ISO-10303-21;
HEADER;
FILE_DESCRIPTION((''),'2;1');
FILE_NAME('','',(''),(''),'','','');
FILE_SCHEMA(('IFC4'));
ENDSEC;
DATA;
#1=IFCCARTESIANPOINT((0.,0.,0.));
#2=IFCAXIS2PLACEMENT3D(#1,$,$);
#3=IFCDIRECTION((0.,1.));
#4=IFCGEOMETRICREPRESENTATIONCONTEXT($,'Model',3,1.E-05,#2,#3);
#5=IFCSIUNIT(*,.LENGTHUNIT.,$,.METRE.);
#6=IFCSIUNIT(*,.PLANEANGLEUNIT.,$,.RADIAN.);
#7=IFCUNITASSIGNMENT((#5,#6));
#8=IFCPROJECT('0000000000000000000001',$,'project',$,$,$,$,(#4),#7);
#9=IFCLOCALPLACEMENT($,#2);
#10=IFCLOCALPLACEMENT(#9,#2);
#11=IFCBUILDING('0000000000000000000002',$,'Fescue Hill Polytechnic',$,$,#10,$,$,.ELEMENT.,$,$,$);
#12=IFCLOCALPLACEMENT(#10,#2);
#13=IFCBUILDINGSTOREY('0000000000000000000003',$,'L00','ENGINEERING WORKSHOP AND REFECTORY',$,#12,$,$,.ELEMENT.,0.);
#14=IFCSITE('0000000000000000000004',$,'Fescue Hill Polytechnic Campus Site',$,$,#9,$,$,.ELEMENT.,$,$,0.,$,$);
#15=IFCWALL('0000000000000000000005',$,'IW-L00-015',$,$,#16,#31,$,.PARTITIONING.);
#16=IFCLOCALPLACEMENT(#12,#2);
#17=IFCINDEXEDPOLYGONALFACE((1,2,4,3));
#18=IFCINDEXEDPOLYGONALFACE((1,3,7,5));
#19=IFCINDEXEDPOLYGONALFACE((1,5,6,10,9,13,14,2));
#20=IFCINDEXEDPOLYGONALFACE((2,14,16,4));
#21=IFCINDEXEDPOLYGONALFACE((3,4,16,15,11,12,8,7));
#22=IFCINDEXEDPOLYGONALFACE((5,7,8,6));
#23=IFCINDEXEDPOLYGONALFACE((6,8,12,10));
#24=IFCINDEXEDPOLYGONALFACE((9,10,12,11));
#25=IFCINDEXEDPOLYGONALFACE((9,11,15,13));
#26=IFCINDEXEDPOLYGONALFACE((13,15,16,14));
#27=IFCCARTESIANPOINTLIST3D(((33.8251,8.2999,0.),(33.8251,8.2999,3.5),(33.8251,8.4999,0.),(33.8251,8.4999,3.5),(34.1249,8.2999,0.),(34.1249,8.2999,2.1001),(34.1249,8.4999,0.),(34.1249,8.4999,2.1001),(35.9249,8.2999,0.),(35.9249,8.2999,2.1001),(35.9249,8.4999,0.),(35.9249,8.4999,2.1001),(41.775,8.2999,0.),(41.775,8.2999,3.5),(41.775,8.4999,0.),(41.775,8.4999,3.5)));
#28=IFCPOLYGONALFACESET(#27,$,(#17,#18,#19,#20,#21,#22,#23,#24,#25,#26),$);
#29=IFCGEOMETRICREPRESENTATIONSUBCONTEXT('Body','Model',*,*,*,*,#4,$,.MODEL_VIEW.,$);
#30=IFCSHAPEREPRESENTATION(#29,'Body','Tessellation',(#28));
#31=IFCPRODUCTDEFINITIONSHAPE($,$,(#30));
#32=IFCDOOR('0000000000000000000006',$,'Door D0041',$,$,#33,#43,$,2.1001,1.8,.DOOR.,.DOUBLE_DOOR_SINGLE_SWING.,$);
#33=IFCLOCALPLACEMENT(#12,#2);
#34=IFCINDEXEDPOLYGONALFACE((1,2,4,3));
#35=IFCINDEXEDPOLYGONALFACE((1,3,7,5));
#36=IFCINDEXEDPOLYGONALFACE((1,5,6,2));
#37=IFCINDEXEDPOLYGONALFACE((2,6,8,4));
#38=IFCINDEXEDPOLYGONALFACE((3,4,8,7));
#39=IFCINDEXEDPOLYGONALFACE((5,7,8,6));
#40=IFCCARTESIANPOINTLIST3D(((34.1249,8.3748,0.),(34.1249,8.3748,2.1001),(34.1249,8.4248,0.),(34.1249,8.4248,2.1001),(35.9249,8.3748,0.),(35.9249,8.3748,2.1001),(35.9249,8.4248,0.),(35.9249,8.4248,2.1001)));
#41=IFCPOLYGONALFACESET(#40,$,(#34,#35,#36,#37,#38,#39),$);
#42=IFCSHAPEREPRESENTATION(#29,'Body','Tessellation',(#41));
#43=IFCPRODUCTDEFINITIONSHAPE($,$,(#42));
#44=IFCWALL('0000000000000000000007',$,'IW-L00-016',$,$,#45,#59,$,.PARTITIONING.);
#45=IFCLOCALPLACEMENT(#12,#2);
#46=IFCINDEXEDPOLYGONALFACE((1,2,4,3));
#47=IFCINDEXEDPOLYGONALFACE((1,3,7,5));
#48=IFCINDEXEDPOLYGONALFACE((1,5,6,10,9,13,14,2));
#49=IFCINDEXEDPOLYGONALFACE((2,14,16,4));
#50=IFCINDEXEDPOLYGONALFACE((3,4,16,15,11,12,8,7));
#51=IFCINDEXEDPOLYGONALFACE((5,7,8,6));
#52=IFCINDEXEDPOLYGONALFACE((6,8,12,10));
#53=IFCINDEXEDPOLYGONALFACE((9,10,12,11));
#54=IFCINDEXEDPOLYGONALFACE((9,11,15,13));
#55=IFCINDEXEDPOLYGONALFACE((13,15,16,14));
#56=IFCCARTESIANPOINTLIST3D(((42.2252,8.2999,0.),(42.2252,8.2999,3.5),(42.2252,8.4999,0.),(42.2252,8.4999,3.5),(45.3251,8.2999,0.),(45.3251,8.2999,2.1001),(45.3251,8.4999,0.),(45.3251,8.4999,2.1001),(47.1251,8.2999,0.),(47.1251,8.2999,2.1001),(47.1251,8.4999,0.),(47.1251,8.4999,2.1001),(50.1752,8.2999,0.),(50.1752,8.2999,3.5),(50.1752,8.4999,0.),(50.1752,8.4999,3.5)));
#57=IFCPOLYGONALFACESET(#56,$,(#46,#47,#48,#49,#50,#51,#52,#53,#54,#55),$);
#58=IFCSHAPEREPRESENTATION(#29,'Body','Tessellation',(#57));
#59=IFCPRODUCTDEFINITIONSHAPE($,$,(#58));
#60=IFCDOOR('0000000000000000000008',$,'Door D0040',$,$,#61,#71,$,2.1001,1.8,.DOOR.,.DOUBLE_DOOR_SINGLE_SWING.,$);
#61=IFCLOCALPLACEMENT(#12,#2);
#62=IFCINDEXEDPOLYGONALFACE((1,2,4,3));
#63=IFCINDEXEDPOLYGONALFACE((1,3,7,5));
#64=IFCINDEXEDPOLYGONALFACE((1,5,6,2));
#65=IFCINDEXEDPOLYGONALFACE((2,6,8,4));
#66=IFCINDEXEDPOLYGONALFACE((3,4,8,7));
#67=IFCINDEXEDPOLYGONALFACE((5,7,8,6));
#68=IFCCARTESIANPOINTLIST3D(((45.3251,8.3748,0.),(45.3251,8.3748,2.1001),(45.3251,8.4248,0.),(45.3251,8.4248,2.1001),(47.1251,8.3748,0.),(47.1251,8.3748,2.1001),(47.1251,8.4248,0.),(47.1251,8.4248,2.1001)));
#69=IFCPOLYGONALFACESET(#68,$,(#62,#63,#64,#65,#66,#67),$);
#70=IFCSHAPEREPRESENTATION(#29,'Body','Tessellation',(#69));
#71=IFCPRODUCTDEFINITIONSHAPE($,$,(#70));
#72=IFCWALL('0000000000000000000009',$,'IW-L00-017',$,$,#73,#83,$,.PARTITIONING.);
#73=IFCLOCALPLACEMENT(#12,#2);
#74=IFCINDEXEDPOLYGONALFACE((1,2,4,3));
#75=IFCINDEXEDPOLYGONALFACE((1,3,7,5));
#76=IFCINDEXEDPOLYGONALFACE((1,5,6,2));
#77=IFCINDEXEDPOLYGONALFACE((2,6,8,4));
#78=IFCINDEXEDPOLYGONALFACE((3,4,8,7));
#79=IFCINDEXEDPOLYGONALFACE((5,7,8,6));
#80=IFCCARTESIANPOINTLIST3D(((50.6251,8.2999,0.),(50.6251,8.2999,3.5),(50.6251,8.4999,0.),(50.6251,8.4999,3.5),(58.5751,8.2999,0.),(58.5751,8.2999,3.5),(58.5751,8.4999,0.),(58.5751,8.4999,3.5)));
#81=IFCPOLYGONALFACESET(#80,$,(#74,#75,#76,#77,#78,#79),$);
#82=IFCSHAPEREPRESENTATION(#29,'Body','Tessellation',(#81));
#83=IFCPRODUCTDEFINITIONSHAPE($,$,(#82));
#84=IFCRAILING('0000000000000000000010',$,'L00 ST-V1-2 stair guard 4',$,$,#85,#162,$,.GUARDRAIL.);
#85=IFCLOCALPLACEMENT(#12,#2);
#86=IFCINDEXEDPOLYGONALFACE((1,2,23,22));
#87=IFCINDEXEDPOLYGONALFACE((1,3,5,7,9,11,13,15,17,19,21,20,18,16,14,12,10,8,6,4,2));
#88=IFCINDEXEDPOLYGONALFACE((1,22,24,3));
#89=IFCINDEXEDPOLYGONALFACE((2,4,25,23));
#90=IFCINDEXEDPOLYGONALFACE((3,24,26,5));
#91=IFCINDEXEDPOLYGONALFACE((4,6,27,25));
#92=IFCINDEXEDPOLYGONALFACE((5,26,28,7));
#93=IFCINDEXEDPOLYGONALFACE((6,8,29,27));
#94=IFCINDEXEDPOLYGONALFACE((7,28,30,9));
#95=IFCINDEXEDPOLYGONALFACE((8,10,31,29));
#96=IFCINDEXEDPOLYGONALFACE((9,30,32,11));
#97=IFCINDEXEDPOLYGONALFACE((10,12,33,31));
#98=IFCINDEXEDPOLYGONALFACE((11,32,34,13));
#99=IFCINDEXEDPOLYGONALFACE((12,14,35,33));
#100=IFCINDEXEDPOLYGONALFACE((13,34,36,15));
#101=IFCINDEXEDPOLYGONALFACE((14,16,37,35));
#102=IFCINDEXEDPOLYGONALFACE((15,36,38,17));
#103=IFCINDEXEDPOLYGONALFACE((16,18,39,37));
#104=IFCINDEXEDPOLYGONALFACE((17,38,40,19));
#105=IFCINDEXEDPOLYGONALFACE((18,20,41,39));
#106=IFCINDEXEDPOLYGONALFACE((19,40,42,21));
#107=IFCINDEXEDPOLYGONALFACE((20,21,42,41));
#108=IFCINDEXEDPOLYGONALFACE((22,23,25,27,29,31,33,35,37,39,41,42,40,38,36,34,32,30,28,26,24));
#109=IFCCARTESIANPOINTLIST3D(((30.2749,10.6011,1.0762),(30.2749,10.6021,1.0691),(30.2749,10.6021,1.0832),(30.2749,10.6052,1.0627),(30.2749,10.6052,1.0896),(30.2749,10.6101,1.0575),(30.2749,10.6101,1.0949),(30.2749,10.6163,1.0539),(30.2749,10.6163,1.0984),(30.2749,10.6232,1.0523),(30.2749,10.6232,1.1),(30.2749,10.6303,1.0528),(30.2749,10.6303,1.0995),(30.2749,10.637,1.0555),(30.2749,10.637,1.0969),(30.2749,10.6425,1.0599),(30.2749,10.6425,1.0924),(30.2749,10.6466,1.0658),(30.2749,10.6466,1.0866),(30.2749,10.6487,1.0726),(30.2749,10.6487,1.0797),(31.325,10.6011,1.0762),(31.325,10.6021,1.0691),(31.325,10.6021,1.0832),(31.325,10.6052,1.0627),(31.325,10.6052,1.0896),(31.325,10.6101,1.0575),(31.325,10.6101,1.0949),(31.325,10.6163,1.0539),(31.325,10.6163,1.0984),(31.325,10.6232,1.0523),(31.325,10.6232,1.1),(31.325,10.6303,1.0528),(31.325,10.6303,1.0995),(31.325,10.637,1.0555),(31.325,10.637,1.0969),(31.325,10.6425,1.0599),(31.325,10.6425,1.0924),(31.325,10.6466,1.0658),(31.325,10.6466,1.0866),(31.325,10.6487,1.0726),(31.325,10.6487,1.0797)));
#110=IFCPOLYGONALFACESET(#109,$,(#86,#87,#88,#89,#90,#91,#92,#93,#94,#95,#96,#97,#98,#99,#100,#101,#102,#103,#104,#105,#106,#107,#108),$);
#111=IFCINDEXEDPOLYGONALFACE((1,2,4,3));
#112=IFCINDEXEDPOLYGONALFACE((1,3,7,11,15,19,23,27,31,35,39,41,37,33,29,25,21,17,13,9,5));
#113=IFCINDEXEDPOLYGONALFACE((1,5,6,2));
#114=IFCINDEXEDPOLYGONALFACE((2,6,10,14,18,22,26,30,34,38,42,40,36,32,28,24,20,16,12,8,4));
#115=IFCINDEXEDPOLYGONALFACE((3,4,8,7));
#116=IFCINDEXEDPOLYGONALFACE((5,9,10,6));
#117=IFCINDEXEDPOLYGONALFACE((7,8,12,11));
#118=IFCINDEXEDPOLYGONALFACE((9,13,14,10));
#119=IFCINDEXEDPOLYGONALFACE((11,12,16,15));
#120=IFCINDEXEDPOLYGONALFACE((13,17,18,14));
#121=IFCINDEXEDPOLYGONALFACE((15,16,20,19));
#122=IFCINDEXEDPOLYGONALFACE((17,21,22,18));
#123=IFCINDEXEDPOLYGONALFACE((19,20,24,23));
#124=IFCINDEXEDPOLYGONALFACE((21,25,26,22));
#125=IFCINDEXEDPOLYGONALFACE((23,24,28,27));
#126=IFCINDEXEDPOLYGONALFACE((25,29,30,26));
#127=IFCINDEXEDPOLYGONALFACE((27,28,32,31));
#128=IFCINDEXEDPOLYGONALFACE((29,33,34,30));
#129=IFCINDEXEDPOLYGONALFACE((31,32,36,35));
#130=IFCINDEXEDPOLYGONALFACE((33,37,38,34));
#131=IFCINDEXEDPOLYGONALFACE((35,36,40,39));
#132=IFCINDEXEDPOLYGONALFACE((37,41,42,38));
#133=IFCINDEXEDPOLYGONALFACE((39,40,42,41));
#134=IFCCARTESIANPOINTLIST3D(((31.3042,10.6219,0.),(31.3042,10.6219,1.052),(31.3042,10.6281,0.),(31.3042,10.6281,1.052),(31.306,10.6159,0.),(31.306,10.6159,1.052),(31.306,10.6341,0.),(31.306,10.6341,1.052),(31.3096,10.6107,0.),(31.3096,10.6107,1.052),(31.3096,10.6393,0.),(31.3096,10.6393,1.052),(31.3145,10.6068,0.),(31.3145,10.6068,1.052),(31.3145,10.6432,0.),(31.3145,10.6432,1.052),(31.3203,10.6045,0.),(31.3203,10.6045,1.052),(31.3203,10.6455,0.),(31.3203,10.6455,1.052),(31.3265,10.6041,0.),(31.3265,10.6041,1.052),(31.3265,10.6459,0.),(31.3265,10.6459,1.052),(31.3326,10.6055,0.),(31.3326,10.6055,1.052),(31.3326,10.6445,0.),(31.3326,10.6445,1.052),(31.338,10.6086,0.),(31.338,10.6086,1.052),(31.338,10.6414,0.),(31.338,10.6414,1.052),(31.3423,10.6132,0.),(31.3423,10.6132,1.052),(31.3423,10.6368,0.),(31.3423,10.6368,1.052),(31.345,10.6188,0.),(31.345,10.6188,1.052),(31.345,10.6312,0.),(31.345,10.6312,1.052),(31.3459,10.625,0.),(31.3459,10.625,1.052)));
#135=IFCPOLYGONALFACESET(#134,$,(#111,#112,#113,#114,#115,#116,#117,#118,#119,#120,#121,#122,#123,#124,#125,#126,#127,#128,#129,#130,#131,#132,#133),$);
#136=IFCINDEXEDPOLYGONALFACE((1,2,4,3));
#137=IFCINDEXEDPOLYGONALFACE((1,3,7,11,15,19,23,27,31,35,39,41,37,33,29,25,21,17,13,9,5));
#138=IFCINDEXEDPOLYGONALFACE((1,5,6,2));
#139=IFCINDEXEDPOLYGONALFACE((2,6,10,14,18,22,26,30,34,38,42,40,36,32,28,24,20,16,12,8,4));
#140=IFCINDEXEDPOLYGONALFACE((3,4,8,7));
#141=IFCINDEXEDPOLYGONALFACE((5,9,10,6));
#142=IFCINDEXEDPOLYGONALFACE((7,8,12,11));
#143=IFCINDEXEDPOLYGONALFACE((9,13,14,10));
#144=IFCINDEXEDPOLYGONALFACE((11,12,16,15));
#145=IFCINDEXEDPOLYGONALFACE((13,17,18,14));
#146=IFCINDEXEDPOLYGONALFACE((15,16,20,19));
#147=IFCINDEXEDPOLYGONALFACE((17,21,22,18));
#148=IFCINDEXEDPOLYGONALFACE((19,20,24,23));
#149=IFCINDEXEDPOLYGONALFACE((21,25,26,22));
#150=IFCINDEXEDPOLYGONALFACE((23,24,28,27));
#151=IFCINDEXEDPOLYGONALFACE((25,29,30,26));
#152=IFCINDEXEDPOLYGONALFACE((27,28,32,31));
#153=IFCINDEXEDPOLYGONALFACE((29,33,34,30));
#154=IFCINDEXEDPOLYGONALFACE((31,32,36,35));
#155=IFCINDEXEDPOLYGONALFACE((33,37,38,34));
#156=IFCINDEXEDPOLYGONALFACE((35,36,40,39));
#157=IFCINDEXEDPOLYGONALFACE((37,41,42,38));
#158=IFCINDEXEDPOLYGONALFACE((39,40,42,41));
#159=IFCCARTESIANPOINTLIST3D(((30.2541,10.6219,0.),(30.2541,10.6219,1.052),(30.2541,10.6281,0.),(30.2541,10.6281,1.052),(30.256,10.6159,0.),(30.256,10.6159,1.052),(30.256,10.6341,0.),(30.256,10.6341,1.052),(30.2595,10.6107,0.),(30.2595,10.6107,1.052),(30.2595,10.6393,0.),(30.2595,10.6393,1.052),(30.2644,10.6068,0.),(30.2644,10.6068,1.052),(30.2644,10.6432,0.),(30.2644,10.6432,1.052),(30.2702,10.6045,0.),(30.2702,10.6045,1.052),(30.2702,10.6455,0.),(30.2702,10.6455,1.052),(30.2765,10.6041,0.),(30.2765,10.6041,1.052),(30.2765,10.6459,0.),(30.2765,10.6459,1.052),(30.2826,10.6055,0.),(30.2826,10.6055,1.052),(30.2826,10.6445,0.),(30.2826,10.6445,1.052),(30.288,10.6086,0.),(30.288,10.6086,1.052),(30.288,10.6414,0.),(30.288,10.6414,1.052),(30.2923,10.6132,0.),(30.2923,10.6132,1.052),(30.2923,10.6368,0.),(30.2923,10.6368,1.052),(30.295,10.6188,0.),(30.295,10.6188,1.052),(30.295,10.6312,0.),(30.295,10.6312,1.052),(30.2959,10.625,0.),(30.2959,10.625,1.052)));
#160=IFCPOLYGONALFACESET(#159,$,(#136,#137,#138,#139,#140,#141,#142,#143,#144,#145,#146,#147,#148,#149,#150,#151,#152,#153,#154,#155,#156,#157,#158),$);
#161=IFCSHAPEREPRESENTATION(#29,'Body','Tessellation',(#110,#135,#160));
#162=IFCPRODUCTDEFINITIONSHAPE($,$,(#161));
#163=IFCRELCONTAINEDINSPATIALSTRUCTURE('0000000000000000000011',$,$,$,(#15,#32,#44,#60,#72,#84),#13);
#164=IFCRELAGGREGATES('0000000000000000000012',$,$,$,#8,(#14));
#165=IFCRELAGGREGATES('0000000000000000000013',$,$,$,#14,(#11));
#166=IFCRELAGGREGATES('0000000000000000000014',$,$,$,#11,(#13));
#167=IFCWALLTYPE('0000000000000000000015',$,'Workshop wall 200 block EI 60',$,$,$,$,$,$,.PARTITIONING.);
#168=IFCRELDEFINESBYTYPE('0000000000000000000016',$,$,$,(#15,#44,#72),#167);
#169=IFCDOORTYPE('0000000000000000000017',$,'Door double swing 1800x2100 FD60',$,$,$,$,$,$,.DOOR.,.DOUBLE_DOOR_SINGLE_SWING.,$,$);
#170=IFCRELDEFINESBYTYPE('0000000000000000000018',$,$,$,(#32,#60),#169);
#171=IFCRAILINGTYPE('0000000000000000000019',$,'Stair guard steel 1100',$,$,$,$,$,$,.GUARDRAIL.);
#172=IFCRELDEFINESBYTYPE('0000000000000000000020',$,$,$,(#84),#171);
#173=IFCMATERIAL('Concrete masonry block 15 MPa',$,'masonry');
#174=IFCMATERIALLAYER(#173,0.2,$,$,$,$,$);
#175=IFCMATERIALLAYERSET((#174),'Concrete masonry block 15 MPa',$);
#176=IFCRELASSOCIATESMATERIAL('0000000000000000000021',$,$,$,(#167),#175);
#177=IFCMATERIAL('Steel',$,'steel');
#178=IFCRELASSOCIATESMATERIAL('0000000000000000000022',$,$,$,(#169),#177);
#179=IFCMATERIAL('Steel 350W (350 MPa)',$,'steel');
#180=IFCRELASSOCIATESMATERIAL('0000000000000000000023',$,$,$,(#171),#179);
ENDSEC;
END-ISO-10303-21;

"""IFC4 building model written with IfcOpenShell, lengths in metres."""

from ifc_helpers import new_model, si_unit, direction, frame, frame_2d, origin, origin_2d, place, context, subcontext, project, spatial, rectangle, circle, extrude, material, layer, layer_set, type_object, element, fill, save


model = new_model("IFC4")

# Units and contexts
model_context = context("Model", 3, precision=1e-05, world=origin(), true_north=direction((0.0, 1.0)))
body_context = subcontext(model_context, "Body", "Model", "MODEL_VIEW")
ifc_project = project(units=[si_unit("LENGTHUNIT", "METRE"), si_unit("PLANEANGLEUNIT", "RADIAN")], contexts=[model_context])

# Site, building, storey
site_placement = place(None, origin())
site = spatial("IfcSite", under=ifc_project, at=site_placement, Name="Fescue Hill Polytechnic Campus Site", CompositionType="ELEMENT", RefElevation=0.0)
building_placement = place(site_placement, origin())
building = spatial("IfcBuilding", under=site, at=building_placement, Name="Fescue Hill Polytechnic", CompositionType="ELEMENT")
storey_placement = place(building_placement, origin())
storey = spatial("IfcBuildingStorey", under=building, at=storey_placement, Name="L00", Description="ENGINEERING WORKSHOP AND REFECTORY", CompositionType="ELEMENT", Elevation=0.0)

# Walls, openings, doors
ifc_material_1 = material(Name="Concrete masonry block 15 MPa", Category="masonry")
ifc_layer_1 = layer(ifc_material_1, 0.2)
ifc_layer_set_1 = layer_set([ifc_layer_1], Name="Concrete masonry block 15 MPa")
wall_type_1 = type_object("IfcWallType", Name="Workshop wall 200 block EI 60", PredefinedType="PARTITIONING", material=ifc_layer_set_1)
ifc_material_2 = material(Name="Steel", Category="steel")
wall_1_placement = place(storey_placement, frame((33.825, 8.3999, 0.0), z_axis=(0.0, 0.0, 1.0), x_axis=(1.0, 0.0, 0.0)))
wall_1 = element("IfcWall", 1, at=wall_1_placement, inside=storey, type_object=wall_type_1, Name="IW-L00-015", PredefinedType="PARTITIONING", context=body_context, shape_type="SweptSolid", body=[
    extrude(rectangle(XDim=7.95, YDim=0.2, at=frame_2d((3.9751, 0.0))), origin(), (0.0, 0.0, 1.0), 3.5),
])
opening_1_placement = place(wall_1_placement, frame((0.3, 0.0, 0.0)))
opening_1 = element("IfcOpeningElement", 2, at=opening_1_placement, cuts=wall_1, PredefinedType="OPENING", context=body_context, shape_type="SweptSolid", body=[
    extrude(rectangle(XDim=1.8, YDim=2.1001, at=frame_2d((0.8999, 1.05))), frame((0.0, 0.1099, 0.0), z_axis=(0.0, -1.0, 0.0), x_axis=(1.0, 0.0, 0.0)), (0.0, 0.0, 1.0), 0.22),
])
door_type_1 = type_object("IfcDoorType", Name="Door double swing 1800x2100 FD60", OperationType="DOUBLE_DOOR_SINGLE_SWING", PredefinedType="DOOR", material=ifc_material_2)
door_1_placement = place(opening_1_placement, origin())
door_1 = element("IfcDoor", 3, at=door_1_placement, inside=storey, type_object=door_type_1, Name="Door D0041", OperationType="DOUBLE_DOOR_SINGLE_SWING", OverallHeight=2.1001, OverallWidth=1.8, PredefinedType="DOOR", context=body_context, shape_type="SweptSolid", body=[
    extrude(rectangle(XDim=1.8, YDim=2.1001, at=frame_2d((0.8999, 1.05))), frame((0.0, 0.0249, 0.0), z_axis=(0.0, -1.0, 0.0), x_axis=(1.0, 0.0, 0.0)), (0.0, 0.0, 1.0), 0.05),
])
fill(opening_1, door_1)
wall_2_placement = place(storey_placement, frame((42.2251, 8.3999, 0.0), z_axis=(0.0, 0.0, 1.0), x_axis=(1.0, 0.0, 0.0)))
wall_2 = element("IfcWall", 4, at=wall_2_placement, inside=storey, type_object=wall_type_1, Name="IW-L00-016", PredefinedType="PARTITIONING", context=body_context, shape_type="SweptSolid", body=[
    extrude(rectangle(XDim=7.95, YDim=0.2, at=frame_2d((3.9751, 0.0))), origin(), (0.0, 0.0, 1.0), 3.5),
])
opening_2_placement = place(wall_2_placement, frame((3.1001, 0.0, 0.0)))
opening_2 = element("IfcOpeningElement", 5, at=opening_2_placement, cuts=wall_2, PredefinedType="OPENING", context=body_context, shape_type="SweptSolid", body=[
    extrude(rectangle(XDim=1.8, YDim=2.1001, at=frame_2d((0.8999, 1.05))), frame((0.0, 0.1099, 0.0), z_axis=(0.0, -1.0, 0.0), x_axis=(1.0, 0.0, 0.0)), (0.0, 0.0, 1.0), 0.22),
])
door_2_placement = place(opening_2_placement, origin())
door_2 = element("IfcDoor", 6, at=door_2_placement, inside=storey, type_object=door_type_1, Name="Door D0040", OperationType="DOUBLE_DOOR_SINGLE_SWING", OverallHeight=2.1001, OverallWidth=1.8, PredefinedType="DOOR", context=body_context, shape_type="SweptSolid", body=[
    extrude(rectangle(XDim=1.8, YDim=2.1001, at=frame_2d((0.8999, 1.05))), frame((0.0, 0.0249, 0.0), z_axis=(0.0, -1.0, 0.0), x_axis=(1.0, 0.0, 0.0)), (0.0, 0.0, 1.0), 0.05),
])
fill(opening_2, door_2)

# Wall
wall_3_placement = place(storey_placement, frame((50.625, 8.3999, 0.0), z_axis=(0.0, 0.0, 1.0), x_axis=(1.0, 0.0, 0.0)))
element("IfcWall", 7, at=wall_3_placement, inside=storey, type_object=wall_type_1, Name="IW-L00-017", PredefinedType="PARTITIONING", context=body_context, shape_type="SweptSolid", body=[
    extrude(rectangle(XDim=7.95, YDim=0.2, at=frame_2d((3.9751, 0.0))), origin(), (0.0, 0.0, 1.0), 3.5),
])

# Railing
ifc_material_3 = material(Name="Steel 350W (350 MPa)", Category="steel")
railing_type = type_object("IfcRailingType", Name="Stair guard steel 1100", PredefinedType="GUARDRAIL", material=ifc_material_3)
railing_placement = place(storey_placement, frame((31.325, 10.625, 0.0)))
element("IfcRailing", 8, at=railing_placement, inside=storey, type_object=railing_type, Name="L00 ST-V1-2 stair guard 4", PredefinedType="GUARDRAIL", context=body_context, shape_type="SweptSolid", body=[
    extrude(circle(Radius=0.0239, at=origin_2d()), frame((0.0, 0.0, 1.0762), z_axis=(-1.0, 0.0, 0.0), x_axis=(0.0, -1.0, 0.0)), (0.0, 0.0, 1.0), 1.05),
    extrude(circle(Radius=0.021, at=origin_2d()), origin(), (0.0, 0.0, 1.0), 1.052),
    extrude(circle(Radius=0.021, at=origin_2d()), frame((-1.05, 0.0, 0.0)), (0.0, 0.0, 1.0), 1.052),
])

save(model, "model.ifc")
